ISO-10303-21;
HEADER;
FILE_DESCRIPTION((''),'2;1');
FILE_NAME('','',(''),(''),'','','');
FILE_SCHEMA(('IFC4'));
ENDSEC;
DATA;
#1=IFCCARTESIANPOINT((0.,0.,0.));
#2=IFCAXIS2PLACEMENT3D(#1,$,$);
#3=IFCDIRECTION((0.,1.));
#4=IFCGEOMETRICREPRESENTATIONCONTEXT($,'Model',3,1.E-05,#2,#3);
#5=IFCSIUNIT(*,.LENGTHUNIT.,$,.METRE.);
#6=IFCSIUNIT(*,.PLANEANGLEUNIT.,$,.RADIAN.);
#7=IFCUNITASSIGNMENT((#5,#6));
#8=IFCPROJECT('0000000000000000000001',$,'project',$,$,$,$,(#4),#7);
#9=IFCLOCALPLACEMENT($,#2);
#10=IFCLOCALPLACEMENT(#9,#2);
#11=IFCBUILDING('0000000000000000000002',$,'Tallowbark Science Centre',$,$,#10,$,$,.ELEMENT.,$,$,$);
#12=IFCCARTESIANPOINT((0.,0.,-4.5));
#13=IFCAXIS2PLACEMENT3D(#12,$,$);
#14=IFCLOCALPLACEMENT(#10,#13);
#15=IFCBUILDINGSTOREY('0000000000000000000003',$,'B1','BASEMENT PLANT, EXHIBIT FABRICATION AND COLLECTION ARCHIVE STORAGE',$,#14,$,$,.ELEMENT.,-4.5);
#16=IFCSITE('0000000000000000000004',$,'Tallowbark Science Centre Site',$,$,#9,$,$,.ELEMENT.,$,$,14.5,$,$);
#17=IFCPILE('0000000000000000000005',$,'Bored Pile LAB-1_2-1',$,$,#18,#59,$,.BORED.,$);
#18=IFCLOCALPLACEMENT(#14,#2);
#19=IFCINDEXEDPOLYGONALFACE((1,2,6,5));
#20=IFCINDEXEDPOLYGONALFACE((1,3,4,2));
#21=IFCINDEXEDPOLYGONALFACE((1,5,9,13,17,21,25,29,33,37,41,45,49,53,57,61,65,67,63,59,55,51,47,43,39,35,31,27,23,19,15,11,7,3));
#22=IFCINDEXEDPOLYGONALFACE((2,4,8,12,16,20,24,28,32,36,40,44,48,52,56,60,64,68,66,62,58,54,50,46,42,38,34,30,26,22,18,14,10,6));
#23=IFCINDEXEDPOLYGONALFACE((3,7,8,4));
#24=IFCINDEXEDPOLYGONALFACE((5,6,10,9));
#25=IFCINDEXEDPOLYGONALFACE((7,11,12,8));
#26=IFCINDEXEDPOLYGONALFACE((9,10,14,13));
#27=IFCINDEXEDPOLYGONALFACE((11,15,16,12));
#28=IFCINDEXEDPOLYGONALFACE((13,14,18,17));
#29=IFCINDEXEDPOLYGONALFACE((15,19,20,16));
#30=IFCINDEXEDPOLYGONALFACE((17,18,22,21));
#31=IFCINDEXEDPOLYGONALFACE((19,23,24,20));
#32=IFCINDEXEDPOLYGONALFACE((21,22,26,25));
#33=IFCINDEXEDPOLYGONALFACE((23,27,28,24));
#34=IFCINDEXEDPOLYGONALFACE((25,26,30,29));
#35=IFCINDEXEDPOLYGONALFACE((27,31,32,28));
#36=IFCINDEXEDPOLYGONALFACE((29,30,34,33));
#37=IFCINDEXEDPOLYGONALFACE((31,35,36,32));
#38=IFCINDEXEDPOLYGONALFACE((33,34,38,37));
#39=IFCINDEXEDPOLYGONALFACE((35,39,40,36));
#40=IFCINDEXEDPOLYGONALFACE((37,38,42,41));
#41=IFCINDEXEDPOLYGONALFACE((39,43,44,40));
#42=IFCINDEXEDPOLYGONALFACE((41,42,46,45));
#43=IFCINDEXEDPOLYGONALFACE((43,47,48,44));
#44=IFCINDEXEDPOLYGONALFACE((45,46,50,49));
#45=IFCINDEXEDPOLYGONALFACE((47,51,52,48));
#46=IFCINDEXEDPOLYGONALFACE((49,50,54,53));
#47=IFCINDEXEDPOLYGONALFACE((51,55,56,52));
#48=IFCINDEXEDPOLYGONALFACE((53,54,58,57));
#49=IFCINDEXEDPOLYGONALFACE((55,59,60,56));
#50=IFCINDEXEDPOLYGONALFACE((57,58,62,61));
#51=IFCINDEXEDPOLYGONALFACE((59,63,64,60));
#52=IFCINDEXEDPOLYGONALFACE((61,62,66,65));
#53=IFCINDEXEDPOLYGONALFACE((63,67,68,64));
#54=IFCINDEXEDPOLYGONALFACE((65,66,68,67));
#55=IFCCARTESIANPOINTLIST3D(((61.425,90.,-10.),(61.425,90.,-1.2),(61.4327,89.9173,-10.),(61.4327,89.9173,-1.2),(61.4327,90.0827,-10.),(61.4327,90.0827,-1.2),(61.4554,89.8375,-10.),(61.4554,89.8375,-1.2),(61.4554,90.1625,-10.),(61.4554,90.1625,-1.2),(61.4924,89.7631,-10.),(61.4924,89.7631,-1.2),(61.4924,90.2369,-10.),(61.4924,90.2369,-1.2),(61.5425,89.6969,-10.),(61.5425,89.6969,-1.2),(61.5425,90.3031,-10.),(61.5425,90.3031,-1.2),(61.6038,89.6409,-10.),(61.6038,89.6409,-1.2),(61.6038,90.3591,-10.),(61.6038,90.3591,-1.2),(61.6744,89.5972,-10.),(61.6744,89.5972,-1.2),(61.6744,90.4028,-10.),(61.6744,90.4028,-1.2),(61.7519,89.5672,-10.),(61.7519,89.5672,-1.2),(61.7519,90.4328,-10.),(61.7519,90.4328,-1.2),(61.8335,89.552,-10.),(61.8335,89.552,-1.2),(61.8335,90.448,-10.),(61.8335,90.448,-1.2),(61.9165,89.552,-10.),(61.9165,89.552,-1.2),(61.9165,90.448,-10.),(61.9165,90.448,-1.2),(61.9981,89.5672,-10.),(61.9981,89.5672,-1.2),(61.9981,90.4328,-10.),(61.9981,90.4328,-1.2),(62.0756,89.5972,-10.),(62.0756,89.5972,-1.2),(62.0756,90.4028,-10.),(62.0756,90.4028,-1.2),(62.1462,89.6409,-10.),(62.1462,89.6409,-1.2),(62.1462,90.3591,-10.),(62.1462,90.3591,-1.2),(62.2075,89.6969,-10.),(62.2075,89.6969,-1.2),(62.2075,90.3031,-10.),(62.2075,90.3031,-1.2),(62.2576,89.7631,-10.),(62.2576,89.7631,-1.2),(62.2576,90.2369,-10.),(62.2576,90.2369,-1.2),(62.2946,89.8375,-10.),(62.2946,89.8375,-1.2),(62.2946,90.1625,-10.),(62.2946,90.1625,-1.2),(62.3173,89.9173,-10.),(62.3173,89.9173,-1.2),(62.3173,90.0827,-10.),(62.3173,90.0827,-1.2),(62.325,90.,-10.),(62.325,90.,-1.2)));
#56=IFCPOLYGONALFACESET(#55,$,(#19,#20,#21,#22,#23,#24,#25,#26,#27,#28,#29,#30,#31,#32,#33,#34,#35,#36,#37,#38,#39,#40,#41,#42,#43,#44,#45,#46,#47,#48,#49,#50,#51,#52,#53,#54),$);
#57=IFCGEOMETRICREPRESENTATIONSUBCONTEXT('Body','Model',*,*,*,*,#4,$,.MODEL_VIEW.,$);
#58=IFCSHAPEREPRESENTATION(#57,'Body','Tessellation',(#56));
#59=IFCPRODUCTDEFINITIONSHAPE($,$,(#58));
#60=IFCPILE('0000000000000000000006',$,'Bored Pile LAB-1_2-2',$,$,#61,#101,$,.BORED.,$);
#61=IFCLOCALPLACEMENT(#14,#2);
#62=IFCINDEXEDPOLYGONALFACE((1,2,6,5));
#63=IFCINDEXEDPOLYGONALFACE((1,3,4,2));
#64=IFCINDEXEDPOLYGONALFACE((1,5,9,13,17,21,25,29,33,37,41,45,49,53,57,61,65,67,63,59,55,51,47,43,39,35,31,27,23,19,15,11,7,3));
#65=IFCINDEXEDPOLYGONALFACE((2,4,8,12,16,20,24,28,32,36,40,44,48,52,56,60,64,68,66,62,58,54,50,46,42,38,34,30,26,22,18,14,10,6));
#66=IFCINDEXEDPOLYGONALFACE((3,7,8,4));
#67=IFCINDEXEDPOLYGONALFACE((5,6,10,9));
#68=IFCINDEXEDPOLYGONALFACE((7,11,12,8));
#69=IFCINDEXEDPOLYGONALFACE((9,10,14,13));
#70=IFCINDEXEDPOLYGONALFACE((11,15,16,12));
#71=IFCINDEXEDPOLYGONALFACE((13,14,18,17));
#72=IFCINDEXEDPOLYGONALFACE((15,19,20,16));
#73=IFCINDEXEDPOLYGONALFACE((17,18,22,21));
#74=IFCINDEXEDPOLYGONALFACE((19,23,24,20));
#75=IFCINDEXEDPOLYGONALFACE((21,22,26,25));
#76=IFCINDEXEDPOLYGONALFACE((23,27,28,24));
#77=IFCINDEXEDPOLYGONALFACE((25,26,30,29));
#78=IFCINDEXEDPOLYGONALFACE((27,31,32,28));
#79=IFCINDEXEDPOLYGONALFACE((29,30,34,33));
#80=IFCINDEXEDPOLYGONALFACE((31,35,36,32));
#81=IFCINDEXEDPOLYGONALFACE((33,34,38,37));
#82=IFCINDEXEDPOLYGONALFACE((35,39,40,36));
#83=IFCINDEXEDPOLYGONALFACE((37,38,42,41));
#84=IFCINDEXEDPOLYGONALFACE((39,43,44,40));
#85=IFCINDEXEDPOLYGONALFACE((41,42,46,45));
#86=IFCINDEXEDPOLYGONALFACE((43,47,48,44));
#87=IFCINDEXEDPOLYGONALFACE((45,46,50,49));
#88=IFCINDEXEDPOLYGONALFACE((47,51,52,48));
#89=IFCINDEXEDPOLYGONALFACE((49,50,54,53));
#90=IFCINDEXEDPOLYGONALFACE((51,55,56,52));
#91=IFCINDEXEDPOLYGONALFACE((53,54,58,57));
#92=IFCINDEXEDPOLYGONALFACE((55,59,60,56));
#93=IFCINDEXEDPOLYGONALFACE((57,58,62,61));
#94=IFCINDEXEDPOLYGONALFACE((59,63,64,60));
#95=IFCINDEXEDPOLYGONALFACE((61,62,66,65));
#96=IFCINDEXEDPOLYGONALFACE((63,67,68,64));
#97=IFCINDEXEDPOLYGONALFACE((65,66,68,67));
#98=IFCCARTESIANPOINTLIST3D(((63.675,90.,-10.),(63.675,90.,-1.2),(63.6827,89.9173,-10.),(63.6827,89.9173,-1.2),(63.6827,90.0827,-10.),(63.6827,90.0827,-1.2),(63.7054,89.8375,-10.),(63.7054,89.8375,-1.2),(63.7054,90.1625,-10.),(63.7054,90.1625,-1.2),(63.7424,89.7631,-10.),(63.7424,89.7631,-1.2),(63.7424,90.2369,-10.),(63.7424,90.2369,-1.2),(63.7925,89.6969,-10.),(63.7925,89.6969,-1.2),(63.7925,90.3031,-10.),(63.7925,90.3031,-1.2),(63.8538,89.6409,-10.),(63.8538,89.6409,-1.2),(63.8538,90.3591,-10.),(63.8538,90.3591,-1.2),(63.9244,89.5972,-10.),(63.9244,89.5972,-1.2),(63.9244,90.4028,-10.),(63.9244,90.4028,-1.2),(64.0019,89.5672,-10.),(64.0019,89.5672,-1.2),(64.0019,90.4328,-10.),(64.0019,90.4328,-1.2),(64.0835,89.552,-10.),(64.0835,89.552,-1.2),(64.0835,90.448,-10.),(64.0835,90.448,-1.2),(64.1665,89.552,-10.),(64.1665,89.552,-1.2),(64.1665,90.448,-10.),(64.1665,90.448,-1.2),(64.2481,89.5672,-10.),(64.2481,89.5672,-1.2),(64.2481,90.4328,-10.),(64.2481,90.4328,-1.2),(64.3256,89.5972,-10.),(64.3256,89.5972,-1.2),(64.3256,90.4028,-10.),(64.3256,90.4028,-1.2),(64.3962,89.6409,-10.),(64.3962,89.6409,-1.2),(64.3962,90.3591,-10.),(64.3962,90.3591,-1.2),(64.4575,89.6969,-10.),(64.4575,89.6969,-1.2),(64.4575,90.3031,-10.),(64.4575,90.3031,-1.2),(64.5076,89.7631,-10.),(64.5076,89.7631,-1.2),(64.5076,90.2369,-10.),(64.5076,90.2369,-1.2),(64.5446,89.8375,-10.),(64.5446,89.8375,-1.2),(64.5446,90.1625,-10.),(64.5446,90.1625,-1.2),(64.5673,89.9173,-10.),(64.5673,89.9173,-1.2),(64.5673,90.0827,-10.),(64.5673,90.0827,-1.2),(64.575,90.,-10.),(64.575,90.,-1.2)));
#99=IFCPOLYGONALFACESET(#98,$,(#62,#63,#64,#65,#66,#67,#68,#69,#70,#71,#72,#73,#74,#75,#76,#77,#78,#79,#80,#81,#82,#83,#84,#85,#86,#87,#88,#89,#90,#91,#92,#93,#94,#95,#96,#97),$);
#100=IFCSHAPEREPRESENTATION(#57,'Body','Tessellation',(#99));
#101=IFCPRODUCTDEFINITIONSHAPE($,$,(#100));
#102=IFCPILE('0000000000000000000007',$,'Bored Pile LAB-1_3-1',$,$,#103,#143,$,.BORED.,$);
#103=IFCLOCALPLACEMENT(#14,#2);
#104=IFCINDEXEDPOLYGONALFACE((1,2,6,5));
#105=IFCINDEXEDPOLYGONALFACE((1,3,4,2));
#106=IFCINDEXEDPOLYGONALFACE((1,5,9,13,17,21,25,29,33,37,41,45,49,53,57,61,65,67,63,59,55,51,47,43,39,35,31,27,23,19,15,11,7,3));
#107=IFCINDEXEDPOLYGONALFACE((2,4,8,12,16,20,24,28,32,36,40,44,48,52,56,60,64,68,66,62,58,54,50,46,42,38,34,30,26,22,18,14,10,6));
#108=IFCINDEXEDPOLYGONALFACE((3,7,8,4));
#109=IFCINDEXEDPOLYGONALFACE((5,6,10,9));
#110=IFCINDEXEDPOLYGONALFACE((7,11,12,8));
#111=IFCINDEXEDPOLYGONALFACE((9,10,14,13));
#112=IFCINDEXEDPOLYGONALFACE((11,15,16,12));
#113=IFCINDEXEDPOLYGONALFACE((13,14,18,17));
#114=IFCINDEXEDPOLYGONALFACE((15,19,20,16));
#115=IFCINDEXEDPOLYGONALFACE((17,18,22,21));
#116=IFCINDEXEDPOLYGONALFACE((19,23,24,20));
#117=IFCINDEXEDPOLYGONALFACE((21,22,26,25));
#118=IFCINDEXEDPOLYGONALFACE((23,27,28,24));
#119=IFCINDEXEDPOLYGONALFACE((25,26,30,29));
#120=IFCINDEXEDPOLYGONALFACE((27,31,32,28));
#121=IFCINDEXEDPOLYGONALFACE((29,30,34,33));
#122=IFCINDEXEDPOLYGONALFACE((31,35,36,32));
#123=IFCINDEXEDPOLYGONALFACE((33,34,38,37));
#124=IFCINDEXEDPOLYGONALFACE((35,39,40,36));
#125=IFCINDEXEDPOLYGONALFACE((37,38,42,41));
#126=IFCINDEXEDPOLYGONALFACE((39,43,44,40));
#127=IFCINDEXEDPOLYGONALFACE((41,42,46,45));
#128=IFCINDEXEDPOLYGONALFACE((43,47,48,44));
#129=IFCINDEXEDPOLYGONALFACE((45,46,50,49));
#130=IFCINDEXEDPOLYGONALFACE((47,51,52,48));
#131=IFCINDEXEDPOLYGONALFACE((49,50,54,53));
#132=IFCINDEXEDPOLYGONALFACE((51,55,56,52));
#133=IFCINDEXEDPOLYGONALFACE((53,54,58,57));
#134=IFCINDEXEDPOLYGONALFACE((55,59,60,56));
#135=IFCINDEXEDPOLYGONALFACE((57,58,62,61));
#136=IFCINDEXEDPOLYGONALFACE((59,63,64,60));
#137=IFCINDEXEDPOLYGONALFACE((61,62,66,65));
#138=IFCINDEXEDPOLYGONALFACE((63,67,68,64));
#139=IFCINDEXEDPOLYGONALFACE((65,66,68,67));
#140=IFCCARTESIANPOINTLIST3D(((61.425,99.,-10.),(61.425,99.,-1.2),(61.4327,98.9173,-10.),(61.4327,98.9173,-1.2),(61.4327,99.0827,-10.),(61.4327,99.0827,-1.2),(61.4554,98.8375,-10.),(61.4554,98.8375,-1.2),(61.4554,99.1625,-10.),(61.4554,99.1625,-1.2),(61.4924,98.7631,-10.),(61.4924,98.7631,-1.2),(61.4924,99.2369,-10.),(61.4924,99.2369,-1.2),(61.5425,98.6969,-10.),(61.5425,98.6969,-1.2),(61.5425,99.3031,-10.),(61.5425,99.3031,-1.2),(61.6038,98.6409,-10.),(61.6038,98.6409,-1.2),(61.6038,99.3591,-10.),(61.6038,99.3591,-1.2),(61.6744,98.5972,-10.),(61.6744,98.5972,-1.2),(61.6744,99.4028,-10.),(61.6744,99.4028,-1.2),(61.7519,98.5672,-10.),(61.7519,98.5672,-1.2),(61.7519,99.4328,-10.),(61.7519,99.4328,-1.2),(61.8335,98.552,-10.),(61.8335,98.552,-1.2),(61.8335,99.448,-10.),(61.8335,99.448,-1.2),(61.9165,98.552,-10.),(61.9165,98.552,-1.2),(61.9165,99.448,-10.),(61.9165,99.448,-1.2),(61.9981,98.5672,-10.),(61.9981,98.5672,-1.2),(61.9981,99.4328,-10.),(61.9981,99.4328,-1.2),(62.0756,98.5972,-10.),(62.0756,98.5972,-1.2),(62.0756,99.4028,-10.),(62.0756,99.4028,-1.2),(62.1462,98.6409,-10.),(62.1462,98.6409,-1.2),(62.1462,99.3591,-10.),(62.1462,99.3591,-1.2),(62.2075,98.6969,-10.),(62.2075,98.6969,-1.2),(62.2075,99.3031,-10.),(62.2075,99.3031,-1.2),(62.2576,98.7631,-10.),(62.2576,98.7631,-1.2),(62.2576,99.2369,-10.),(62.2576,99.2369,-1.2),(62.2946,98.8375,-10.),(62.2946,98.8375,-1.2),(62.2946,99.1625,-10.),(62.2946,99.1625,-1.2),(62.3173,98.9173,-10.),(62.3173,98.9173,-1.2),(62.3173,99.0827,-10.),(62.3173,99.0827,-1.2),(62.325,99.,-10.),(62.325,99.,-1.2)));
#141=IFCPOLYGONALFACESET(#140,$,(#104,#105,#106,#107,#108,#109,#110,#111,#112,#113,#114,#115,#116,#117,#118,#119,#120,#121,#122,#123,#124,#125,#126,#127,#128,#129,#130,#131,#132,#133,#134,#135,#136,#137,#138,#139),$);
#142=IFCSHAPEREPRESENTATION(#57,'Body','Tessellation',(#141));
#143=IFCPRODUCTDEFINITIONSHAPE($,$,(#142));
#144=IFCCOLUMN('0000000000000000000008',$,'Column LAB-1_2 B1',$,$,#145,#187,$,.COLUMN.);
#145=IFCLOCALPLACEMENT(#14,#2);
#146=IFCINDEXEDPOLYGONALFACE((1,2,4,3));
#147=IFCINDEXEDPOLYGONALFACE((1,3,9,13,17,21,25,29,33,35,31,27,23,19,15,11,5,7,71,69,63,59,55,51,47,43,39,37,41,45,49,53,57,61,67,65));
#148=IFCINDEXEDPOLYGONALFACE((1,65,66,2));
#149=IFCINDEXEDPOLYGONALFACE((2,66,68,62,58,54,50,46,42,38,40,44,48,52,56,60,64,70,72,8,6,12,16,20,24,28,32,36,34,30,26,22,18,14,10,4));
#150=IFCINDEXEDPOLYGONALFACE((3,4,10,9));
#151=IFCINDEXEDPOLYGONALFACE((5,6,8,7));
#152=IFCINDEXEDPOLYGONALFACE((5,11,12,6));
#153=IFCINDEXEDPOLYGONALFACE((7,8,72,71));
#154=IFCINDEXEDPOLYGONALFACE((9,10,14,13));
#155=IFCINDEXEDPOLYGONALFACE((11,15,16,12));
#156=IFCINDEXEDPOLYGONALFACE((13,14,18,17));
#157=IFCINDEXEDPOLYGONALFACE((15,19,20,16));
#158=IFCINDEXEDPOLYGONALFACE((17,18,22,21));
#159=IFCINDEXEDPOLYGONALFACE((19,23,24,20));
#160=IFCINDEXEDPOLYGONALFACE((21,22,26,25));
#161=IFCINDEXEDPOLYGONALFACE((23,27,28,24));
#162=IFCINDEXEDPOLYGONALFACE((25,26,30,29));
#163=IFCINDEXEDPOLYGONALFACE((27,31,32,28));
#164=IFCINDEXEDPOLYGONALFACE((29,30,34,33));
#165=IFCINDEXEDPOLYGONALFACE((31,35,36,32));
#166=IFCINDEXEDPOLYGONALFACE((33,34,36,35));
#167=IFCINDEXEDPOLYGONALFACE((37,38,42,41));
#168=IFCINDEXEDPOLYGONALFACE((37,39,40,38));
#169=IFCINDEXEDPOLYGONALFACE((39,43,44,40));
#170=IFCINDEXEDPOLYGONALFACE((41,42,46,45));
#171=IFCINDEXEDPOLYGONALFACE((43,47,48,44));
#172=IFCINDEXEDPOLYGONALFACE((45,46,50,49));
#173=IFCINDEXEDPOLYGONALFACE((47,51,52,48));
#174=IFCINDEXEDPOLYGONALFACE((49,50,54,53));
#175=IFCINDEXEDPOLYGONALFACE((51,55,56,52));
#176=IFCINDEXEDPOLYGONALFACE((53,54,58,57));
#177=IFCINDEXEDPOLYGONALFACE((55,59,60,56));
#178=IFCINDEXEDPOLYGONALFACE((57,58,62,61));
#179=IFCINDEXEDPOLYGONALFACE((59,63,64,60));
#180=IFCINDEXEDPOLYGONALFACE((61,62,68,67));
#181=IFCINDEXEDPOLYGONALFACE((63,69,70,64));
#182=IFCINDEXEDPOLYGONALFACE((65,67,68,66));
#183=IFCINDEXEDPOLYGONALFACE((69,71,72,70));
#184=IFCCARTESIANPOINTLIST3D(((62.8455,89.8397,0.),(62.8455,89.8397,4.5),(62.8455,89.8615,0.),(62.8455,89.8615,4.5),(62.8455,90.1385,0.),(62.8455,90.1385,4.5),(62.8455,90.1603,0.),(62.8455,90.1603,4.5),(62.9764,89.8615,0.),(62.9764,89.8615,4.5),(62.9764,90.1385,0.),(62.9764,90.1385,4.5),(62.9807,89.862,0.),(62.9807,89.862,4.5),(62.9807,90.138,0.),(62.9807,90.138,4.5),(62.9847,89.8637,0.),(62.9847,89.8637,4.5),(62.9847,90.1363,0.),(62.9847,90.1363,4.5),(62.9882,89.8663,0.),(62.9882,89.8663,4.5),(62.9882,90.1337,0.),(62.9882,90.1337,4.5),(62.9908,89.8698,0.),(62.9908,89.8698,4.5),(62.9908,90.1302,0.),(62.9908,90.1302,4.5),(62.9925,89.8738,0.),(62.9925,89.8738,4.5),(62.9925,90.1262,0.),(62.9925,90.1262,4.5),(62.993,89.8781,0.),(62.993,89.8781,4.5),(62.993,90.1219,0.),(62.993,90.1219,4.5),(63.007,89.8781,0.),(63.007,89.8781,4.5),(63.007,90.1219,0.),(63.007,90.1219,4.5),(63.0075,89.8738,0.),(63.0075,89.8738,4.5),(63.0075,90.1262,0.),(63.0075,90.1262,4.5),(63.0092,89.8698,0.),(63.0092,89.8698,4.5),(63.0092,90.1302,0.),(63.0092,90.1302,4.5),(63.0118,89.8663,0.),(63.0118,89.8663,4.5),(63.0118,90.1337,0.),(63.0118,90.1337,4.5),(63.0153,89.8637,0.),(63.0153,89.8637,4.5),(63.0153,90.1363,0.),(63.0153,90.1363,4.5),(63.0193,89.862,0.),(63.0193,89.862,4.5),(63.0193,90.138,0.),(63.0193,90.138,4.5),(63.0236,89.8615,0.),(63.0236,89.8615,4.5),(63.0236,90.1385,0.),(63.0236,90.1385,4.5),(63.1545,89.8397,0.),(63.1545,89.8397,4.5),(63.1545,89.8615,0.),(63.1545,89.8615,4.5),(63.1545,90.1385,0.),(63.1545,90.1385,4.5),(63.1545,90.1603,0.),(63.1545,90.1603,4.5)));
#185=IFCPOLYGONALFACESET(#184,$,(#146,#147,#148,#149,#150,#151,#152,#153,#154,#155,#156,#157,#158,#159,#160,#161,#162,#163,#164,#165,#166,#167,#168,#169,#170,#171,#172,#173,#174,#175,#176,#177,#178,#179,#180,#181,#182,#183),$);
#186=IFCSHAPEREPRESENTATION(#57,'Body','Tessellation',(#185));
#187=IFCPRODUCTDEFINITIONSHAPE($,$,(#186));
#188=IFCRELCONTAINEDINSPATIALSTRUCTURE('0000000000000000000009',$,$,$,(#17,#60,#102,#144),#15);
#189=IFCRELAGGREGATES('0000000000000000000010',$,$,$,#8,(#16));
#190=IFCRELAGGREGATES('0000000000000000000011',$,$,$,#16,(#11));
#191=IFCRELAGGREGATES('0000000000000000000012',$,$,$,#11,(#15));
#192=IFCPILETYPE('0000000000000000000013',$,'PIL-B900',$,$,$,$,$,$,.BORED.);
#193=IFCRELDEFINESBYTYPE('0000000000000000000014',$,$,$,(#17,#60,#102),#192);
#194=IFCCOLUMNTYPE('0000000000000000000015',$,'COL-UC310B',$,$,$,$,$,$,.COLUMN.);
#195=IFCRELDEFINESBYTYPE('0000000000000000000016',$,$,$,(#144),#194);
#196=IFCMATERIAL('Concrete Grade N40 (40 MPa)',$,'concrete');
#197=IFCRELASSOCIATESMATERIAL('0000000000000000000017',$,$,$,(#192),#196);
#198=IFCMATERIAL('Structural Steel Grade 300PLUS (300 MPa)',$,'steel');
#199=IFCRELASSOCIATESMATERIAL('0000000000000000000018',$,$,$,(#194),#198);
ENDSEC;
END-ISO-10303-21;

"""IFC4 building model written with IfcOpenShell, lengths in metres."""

from ifc_helpers import new_model, si_unit, direction, frame, origin, origin_2d, place, context, subcontext, project, spatial, circle, i_section, extrude, material, material_profile, profile_set, type_object, element, save


model = new_model("IFC4")

# Units and contexts
model_context = context("Model", 3, precision=1e-05, world=origin(), true_north=direction((0.0, 1.0)))
body_context = subcontext(model_context, "Body", "Model", "MODEL_VIEW")
ifc_project = project(units=[si_unit("LENGTHUNIT", "METRE"), si_unit("PLANEANGLEUNIT", "RADIAN")], contexts=[model_context])

# Site, building, storey
site_placement = place(None, origin())
site = spatial("IfcSite", under=ifc_project, at=site_placement, Name="Tallowbark Science Centre Site", CompositionType="ELEMENT", RefElevation=14.5)
building_placement = place(site_placement, origin())
building = spatial("IfcBuilding", under=site, at=building_placement, Name="Tallowbark Science Centre", CompositionType="ELEMENT")
storey_placement = place(building_placement, frame((0.0, 0.0, -4.5)))
storey = spatial("IfcBuildingStorey", under=building, at=storey_placement, Name="B1", Description="BASEMENT PLANT, EXHIBIT FABRICATION AND COLLECTION ARCHIVE STORAGE", CompositionType="ELEMENT", Elevation=-4.5)

# Shared definitions
ifc_material_1 = material(Name="Concrete Grade N40 (40 MPa)", Category="concrete")

# Piles
ifc_material_profile_1 = material_profile(ifc_material_1, circle(Radius=0.45, at=origin_2d()), Name="PILE900")
ifc_profile_set_1 = profile_set([ifc_material_profile_1], Name="Concrete Grade N40 (40 MPa)")
pile_type_1 = type_object("IfcPileType", Name="PIL-B900", PredefinedType="BORED", material=ifc_profile_set_1)
for number, where, z_axis, x_axis, name in (
    (1, (61.875, 90.0, -1.2), (0.0, 0.0, -1.0), (1.0, 0.0, 0.0), "Bored Pile LAB-1_2-1"),
    (2, (64.125, 90.0, -1.2), (0.0, 0.0, -1.0), (1.0, 0.0, 0.0), "Bored Pile LAB-1_2-2"),
    (3, (61.875, 99.0, -1.2), (0.0, 0.0, -1.0), (1.0, 0.0, 0.0), "Bored Pile LAB-1_3-1"),
):
    element("IfcPile", number, at=place(storey_placement, frame(where, z_axis=z_axis, x_axis=x_axis)), inside=storey, type_object=pile_type_1, Name=name, PredefinedType="BORED", context=body_context, shape_type="SweptSolid", body=[
        extrude(circle(Radius=0.45, at=origin_2d()), origin(), (0.0, 0.0, 1.0), 8.8),
    ])

# Column
ifc_material_2 = material(Name="Structural Steel Grade 300PLUS (300 MPa)", Category="steel")
ifc_material_profile_2 = material_profile(ifc_material_2, i_section(OverallWidth=0.3091, OverallDepth=0.3206, WebThickness=0.0139, FlangeThickness=0.0217, FilletRadius=0.0166, at=origin_2d()), Name="310UC137")
ifc_profile_set_2 = profile_set([ifc_material_profile_2], Name="Structural Steel Grade 300PLUS (300 MPa)")
column_type_1 = type_object("IfcColumnType", Name="COL-UC310B", PredefinedType="COLUMN", material=ifc_profile_set_2)
column_placement = place(storey_placement, frame((63.0, 90.0, 0.0), z_axis=(0.0, 0.0, 1.0), x_axis=(1.0, 0.0, 0.0)))
element("IfcColumn", 4, at=column_placement, inside=storey, type_object=column_type_1, Name="Column LAB-1_2 B1", PredefinedType="COLUMN", context=body_context, shape_type="SweptSolid", body=[
    extrude(i_section(OverallWidth=0.3091, OverallDepth=0.3206, WebThickness=0.0139, FlangeThickness=0.0217, FilletRadius=0.0166, at=origin_2d()), origin(), (0.0, 0.0, 1.0), 4.5),
])

save(model, "model.ifc")
